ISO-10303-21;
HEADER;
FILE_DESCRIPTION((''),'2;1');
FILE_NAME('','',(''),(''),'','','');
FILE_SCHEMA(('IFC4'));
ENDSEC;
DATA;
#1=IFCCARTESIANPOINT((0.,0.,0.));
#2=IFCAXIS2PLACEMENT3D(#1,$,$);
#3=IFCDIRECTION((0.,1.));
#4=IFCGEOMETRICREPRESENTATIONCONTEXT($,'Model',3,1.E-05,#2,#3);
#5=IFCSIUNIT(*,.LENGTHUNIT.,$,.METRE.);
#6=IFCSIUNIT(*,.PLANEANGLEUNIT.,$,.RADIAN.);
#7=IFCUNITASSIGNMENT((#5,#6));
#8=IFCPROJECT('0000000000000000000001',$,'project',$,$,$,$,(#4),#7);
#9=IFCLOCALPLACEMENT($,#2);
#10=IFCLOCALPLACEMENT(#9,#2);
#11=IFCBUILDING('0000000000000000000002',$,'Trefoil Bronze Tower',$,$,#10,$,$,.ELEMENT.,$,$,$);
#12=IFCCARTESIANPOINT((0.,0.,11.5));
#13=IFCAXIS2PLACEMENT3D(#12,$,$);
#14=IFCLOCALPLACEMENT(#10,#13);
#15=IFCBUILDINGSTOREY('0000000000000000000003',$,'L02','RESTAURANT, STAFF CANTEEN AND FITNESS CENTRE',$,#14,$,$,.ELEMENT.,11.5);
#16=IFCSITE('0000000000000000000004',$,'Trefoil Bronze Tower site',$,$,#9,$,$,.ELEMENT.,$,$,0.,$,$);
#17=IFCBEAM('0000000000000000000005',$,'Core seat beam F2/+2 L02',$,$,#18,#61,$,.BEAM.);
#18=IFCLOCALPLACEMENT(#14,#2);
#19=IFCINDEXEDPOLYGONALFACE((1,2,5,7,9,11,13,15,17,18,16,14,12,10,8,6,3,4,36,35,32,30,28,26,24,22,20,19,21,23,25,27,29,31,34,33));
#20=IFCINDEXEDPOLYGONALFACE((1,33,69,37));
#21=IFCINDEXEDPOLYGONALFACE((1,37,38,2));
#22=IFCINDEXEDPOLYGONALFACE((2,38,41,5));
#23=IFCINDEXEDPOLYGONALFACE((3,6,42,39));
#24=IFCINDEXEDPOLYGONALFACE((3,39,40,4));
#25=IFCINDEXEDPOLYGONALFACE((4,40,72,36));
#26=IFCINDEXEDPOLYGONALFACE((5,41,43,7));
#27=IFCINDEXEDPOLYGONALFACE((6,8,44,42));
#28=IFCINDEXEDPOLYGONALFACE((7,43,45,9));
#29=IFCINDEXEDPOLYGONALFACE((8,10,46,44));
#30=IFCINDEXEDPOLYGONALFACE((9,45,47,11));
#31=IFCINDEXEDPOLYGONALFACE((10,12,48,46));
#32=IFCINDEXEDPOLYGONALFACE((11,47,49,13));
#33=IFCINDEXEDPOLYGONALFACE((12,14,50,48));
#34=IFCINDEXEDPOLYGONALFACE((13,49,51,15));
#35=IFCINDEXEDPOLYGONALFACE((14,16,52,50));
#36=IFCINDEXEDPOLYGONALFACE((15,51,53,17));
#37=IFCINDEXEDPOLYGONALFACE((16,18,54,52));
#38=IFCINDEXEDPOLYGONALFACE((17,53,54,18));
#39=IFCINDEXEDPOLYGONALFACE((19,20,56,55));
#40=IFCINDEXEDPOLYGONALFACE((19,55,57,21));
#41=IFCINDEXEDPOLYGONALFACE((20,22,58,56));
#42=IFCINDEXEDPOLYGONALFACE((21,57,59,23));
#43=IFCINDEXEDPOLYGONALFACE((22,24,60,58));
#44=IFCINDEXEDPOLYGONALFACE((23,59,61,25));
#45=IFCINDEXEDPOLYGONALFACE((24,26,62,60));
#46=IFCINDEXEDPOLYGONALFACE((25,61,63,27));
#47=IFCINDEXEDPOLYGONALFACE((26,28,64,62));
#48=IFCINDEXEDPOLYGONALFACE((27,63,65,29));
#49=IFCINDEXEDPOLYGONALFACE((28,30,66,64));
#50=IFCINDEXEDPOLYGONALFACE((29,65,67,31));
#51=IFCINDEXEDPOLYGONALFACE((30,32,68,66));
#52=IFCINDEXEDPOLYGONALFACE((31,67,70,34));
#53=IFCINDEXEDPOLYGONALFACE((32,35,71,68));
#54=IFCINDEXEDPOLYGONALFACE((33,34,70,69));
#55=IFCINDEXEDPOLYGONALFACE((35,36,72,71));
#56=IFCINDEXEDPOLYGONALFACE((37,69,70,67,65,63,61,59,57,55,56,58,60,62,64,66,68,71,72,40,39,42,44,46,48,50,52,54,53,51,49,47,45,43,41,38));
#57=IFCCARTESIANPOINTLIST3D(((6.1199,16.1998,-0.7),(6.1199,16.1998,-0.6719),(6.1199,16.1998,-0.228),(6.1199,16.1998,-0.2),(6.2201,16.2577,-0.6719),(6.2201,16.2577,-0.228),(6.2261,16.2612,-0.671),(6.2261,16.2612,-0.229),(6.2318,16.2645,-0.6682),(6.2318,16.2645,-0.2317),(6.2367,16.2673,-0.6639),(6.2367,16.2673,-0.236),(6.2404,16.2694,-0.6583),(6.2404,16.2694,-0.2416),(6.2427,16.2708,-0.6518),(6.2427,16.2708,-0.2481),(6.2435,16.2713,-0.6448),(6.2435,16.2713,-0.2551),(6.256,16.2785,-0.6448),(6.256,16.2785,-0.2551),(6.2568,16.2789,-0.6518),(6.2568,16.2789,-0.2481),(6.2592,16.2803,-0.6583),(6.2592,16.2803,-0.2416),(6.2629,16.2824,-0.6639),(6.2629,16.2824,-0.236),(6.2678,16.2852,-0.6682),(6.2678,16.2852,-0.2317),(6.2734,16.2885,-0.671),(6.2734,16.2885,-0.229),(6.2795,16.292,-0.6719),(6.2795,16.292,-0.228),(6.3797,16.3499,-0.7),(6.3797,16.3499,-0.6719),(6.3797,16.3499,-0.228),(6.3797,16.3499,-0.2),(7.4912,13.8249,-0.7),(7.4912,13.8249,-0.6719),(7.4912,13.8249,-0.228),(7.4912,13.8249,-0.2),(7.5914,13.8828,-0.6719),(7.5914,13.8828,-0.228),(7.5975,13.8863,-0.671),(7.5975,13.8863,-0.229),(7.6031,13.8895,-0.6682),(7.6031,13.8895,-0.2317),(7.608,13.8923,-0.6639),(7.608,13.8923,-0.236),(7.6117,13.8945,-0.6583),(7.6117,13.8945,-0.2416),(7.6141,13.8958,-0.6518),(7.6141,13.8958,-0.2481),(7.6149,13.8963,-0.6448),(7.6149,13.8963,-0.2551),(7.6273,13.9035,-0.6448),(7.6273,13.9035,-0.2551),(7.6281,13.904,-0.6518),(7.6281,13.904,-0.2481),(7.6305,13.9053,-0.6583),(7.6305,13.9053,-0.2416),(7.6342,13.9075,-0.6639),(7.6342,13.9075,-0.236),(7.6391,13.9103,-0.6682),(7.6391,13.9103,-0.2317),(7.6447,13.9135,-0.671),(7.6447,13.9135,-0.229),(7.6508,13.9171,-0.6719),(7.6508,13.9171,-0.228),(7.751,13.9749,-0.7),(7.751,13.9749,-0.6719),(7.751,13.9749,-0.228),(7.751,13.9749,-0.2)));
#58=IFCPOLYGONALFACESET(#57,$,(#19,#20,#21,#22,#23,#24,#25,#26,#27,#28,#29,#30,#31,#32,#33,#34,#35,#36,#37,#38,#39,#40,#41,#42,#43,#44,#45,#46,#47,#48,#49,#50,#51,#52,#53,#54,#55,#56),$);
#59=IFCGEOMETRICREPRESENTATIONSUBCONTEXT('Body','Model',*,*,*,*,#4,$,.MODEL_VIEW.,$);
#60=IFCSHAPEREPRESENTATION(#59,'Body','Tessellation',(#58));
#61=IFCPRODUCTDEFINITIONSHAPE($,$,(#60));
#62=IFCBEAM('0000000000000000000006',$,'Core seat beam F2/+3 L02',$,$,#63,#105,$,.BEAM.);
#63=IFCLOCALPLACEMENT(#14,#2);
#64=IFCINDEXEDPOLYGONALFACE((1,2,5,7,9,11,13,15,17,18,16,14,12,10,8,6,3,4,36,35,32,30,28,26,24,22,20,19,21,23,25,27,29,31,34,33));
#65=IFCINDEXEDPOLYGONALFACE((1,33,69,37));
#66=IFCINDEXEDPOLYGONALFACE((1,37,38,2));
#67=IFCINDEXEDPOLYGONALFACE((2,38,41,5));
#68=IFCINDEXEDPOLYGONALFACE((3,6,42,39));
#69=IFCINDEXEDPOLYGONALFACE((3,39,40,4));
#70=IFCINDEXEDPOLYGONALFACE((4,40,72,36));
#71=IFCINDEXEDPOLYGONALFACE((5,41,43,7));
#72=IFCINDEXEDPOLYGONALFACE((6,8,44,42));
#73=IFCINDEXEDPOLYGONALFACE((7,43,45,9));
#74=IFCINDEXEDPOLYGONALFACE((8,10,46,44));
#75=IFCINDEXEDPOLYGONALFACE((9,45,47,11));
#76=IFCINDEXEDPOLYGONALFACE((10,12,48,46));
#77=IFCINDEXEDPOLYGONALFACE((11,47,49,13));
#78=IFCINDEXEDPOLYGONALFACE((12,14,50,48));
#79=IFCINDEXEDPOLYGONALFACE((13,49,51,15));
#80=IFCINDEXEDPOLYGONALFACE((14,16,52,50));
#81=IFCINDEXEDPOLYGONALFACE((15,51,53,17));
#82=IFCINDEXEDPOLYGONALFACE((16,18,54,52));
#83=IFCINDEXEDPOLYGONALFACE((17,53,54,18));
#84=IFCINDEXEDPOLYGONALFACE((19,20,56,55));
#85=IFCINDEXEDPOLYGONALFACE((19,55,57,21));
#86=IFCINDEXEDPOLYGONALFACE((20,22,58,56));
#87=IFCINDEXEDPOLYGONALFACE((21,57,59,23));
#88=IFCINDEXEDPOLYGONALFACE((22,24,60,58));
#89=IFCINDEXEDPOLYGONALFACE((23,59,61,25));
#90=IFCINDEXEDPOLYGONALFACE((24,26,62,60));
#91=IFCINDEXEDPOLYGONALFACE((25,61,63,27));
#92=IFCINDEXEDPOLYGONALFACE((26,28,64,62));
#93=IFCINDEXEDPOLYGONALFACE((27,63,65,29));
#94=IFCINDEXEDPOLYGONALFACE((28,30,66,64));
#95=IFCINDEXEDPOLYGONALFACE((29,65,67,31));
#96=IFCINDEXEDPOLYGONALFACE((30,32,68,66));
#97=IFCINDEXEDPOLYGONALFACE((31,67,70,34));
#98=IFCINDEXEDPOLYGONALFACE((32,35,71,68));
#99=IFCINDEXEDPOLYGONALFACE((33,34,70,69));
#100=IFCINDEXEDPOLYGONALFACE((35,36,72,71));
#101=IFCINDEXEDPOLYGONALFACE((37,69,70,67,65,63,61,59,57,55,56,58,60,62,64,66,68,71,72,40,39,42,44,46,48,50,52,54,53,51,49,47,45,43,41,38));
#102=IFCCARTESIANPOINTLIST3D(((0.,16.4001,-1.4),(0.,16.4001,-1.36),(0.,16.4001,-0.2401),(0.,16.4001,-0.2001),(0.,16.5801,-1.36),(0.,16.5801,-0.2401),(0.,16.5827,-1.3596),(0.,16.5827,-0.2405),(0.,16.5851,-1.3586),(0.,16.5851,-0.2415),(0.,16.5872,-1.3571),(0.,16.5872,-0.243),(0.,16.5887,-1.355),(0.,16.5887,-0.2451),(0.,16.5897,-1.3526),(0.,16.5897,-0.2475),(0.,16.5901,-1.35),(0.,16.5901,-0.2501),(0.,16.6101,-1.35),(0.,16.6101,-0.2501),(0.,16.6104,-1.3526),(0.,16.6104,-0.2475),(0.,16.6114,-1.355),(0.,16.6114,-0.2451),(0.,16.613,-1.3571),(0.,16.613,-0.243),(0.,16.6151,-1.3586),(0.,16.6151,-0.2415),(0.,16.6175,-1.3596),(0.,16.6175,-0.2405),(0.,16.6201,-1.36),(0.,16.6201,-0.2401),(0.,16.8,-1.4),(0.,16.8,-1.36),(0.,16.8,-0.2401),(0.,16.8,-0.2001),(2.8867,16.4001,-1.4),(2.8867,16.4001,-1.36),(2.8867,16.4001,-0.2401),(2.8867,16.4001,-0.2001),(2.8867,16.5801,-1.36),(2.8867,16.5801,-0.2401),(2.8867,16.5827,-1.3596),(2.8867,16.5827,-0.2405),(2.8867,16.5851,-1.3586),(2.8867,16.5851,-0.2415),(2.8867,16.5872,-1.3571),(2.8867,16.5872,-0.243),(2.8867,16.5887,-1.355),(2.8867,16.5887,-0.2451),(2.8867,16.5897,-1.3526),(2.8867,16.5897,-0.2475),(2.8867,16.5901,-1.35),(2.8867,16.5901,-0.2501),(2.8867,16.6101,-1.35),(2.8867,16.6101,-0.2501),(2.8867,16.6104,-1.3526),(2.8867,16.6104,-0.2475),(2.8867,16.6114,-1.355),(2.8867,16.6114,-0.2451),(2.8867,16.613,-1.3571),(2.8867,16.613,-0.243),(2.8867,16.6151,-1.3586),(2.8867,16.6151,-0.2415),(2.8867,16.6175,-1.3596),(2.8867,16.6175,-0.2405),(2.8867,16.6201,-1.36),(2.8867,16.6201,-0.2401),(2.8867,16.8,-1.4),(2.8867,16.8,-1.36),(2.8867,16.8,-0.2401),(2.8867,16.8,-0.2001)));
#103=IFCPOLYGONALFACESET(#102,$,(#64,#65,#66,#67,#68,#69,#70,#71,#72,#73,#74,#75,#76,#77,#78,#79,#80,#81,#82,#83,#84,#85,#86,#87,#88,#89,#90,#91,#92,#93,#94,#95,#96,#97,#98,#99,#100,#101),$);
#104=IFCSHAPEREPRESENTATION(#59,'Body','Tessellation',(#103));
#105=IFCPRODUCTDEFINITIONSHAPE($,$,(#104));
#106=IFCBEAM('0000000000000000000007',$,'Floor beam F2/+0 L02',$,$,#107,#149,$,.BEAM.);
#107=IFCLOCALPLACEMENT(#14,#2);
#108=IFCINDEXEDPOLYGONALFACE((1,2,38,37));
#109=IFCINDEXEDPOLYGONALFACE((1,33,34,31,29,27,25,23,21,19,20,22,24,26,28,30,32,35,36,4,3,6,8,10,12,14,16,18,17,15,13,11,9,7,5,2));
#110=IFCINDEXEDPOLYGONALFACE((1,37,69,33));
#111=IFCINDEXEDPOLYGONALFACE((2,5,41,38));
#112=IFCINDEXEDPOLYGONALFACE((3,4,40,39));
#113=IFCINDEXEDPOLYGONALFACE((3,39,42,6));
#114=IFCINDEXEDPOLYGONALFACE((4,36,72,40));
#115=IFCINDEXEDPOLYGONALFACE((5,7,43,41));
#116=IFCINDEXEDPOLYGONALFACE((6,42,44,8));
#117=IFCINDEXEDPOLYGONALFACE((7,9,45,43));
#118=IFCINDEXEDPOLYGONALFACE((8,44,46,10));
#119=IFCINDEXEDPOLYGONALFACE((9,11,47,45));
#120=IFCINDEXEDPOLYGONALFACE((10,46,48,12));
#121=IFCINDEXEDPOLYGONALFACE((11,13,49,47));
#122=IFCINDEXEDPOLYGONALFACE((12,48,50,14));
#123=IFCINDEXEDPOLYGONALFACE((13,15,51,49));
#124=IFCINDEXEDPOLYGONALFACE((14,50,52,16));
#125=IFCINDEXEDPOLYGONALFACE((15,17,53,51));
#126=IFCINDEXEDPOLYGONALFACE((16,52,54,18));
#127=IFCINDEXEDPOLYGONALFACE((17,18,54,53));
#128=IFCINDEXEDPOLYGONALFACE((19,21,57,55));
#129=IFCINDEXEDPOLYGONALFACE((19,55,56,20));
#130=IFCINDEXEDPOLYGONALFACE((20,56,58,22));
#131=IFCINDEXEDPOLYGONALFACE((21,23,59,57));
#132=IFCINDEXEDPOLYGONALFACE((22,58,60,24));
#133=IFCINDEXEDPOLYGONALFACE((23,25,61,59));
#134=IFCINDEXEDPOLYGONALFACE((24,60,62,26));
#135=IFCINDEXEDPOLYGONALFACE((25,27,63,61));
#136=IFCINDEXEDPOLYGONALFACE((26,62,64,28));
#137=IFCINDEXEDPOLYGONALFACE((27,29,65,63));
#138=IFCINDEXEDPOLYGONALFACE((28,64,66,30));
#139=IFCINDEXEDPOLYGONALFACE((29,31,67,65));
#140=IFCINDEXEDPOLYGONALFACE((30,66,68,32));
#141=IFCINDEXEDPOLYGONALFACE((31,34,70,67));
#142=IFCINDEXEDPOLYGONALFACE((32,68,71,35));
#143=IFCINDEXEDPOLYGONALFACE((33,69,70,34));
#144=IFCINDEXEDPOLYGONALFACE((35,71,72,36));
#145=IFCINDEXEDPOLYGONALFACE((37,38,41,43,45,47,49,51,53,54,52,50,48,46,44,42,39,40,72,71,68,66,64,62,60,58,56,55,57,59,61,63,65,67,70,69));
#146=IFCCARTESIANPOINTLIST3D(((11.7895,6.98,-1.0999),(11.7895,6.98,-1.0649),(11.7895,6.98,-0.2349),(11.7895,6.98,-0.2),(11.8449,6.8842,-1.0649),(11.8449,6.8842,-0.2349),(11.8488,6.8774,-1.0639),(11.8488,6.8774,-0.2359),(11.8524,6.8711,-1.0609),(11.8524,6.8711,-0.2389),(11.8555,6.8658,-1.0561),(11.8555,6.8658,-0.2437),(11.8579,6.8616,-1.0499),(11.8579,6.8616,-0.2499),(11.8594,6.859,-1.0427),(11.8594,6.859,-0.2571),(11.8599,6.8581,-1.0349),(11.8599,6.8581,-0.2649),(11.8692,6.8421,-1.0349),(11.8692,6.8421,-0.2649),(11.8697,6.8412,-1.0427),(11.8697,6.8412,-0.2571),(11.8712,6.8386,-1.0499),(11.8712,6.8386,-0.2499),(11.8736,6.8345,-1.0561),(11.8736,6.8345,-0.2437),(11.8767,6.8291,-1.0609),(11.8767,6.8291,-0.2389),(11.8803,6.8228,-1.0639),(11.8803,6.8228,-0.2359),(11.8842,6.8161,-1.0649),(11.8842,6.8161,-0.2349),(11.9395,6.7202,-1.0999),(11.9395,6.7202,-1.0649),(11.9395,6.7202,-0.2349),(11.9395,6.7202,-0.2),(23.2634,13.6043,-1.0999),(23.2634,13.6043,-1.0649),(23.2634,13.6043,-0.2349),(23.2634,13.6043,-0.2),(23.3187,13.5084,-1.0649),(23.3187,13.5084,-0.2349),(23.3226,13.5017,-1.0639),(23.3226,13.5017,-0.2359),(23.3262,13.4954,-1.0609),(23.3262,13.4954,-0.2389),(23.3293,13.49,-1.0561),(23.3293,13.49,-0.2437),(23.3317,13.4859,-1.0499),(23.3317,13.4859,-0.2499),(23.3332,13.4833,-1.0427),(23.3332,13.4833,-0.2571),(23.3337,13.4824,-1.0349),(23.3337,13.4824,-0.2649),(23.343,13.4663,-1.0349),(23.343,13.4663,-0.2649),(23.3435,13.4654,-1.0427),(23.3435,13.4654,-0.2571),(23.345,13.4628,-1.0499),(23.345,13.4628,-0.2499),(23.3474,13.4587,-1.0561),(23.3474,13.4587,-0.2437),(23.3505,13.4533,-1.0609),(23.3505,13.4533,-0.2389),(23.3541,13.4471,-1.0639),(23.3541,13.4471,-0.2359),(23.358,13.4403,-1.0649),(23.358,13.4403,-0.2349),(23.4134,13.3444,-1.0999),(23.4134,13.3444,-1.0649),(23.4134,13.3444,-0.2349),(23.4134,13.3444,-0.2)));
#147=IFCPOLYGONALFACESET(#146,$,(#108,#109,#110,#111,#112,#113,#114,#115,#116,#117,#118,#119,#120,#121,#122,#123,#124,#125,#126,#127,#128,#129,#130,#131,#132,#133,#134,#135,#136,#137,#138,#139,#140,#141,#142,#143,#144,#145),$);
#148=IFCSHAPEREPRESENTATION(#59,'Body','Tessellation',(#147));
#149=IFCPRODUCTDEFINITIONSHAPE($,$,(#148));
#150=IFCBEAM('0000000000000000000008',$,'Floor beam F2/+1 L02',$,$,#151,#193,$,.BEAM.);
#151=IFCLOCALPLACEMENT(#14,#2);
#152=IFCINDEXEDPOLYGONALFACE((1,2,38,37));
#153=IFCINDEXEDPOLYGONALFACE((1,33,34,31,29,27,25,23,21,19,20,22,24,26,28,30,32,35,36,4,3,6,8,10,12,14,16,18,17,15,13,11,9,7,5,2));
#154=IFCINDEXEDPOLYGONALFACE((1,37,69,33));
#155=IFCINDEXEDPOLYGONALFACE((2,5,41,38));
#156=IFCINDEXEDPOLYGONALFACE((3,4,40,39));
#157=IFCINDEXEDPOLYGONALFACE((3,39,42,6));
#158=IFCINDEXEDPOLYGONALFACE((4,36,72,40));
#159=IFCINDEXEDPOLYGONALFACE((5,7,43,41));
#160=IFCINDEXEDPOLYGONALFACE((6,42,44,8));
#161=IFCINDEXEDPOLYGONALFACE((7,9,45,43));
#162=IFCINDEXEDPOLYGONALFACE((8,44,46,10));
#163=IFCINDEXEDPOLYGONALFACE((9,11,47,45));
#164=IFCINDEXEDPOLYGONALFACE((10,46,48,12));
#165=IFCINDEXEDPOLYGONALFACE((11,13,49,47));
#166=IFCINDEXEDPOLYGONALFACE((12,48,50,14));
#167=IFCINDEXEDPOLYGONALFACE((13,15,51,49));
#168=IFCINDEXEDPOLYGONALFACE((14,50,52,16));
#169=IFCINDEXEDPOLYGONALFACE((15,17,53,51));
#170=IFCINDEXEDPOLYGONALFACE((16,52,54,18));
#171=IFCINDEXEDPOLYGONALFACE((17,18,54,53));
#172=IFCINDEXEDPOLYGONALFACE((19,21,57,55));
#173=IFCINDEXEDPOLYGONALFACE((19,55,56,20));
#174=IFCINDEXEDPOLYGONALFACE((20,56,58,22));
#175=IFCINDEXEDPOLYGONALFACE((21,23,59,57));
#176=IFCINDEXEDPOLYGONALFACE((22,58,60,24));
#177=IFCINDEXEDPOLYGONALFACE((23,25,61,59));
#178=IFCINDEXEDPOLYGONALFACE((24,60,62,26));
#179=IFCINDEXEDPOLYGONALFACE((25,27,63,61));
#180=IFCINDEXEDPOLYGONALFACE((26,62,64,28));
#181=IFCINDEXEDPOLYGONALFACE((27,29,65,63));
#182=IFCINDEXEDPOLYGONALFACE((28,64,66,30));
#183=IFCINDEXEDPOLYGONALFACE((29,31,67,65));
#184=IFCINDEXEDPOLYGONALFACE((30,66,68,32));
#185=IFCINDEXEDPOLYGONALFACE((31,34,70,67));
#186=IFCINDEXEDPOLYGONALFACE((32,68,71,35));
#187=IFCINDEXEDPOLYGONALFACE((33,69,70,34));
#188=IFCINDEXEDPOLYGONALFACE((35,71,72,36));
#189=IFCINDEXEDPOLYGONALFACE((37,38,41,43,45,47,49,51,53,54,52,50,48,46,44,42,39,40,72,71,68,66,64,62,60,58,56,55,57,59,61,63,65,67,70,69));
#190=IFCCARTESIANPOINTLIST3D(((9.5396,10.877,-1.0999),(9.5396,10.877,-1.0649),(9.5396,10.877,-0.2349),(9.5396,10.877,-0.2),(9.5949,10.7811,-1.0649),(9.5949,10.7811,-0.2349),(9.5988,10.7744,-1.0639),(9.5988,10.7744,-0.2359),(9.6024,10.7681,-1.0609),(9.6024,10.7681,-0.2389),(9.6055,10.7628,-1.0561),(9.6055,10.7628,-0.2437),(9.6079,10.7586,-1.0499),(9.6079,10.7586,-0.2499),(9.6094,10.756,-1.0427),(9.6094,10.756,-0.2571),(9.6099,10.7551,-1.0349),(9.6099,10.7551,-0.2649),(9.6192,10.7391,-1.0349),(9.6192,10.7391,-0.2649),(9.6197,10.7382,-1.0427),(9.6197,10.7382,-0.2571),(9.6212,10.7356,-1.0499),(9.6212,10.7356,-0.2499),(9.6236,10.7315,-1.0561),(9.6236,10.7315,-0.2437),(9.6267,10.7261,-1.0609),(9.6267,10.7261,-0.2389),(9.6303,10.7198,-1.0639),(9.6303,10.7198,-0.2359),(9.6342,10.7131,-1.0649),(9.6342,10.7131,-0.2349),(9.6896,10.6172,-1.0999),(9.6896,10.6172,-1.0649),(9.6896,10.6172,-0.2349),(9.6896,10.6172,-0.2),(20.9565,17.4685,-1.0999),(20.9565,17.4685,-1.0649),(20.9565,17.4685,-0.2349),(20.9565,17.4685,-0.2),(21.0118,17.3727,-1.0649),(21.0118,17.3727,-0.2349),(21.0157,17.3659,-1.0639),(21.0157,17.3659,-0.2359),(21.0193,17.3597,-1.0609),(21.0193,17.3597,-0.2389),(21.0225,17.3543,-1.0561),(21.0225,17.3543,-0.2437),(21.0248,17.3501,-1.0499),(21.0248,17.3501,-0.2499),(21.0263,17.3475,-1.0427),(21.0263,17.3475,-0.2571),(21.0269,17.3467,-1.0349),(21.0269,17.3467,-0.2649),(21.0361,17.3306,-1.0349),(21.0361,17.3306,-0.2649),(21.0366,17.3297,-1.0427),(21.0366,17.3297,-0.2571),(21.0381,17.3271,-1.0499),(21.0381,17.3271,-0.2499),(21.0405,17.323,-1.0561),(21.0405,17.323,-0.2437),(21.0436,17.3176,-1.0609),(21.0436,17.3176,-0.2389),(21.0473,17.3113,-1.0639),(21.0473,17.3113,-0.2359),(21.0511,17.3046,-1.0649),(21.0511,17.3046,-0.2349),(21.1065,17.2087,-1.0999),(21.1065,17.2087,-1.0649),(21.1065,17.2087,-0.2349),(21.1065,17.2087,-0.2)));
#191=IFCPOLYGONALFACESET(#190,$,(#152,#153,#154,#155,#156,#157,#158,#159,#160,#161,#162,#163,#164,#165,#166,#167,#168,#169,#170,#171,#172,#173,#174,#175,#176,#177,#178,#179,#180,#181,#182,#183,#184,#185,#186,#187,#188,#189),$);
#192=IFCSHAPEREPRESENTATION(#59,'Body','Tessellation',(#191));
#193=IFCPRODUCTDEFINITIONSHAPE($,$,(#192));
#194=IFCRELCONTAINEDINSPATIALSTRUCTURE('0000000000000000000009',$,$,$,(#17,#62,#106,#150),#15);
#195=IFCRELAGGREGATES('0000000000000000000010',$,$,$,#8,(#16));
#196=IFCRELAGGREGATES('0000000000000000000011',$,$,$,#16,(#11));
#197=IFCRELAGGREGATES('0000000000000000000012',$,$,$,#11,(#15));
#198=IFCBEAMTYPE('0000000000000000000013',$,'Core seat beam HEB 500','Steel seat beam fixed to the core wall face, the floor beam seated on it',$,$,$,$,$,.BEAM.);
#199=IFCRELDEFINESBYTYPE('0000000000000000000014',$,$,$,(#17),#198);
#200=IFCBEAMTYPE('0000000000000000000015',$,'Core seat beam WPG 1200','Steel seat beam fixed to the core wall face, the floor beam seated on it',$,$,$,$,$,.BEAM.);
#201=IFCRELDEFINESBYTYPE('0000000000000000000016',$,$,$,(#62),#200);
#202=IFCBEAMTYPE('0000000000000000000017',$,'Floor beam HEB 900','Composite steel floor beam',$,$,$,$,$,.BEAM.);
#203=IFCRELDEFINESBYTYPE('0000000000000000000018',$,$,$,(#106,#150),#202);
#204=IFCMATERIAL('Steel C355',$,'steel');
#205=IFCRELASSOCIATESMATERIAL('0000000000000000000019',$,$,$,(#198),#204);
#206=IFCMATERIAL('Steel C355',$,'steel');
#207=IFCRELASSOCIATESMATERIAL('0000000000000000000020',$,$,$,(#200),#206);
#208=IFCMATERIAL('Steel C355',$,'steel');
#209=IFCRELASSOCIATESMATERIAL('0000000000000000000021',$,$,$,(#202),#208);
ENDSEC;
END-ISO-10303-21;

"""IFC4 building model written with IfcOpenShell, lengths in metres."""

from ifc_helpers import new_model, si_unit, direction, frame, origin, origin_2d, place, context, subcontext, project, spatial, i_section, extrude, material, material_profile, profile_set, type_object, element, save


model = new_model("IFC4")

# Units and contexts
model_context = context("Model", 3, precision=1e-05, world=origin(), true_north=direction((0.0, 1.0)))
body_context = subcontext(model_context, "Body", "Model", "MODEL_VIEW")
ifc_project = project(units=[si_unit("LENGTHUNIT", "METRE"), si_unit("PLANEANGLEUNIT", "RADIAN")], contexts=[model_context])

# Site, building, storey
site_placement = place(None, origin())
site = spatial("IfcSite", under=ifc_project, at=site_placement, Name="Trefoil Bronze Tower site", CompositionType="ELEMENT", RefElevation=0.0)
building_placement = place(site_placement, origin())
building = spatial("IfcBuilding", under=site, at=building_placement, Name="Trefoil Bronze Tower", CompositionType="ELEMENT")
storey_placement = place(building_placement, frame((0.0, 0.0, 11.5)))
storey = spatial("IfcBuildingStorey", under=building, at=storey_placement, Name="L02", Description="RESTAURANT, STAFF CANTEEN AND FITNESS CENTRE", CompositionType="ELEMENT", Elevation=11.5)

# Beams
ifc_material_1 = material(Name="Steel C355", Category="steel")
ifc_material_profile_1 = material_profile(ifc_material_1, i_section(OverallWidth=0.3, OverallDepth=0.5, WebThickness=0.0144, FlangeThickness=0.0281, FilletRadius=0.0271, at=origin_2d()), Name="HEB 500")
ifc_profile_set_1 = profile_set([ifc_material_profile_1], Name="Steel C355")
beam_type_1 = type_object("IfcBeamType", Name="Core seat beam HEB 500", Description="Steel seat beam fixed to the core wall face, the floor beam seated on it", PredefinedType="BEAM", material=ifc_profile_set_1)
beam_1_placement = place(storey_placement, frame((7.6211, 13.8999, -0.45), z_axis=(-0.500036, 0.866005, 0.0), x_axis=(-0.866005, -0.500036, 0.0)))
element("IfcBeam", 1, at=beam_1_placement, inside=storey, type_object=beam_type_1, Name="Core seat beam F2/+2 L02", PredefinedType="BEAM", context=body_context, shape_type="SweptSolid", body=[
    extrude(i_section(OverallWidth=0.3, OverallDepth=0.5, WebThickness=0.0144, FlangeThickness=0.0281, FilletRadius=0.0271, at=origin_2d()), origin(), (0.0, 0.0, 1.0), 2.7424),
])
ifc_material_2 = material(Name="Steel C355", Category="steel")
ifc_material_profile_2 = material_profile(ifc_material_2, i_section(OverallWidth=0.3999, OverallDepth=1.2, WebThickness=0.02, FlangeThickness=0.04, FilletRadius=0.01, at=origin_2d()), Name="WPG 1200")
ifc_profile_set_2 = profile_set([ifc_material_profile_2], Name="Steel C355")
beam_type_2 = type_object("IfcBeamType", Name="Core seat beam WPG 1200", Description="Steel seat beam fixed to the core wall face, the floor beam seated on it", PredefinedType="BEAM", material=ifc_profile_set_2)
beam_2_placement = place(storey_placement, frame((2.8867, 16.6001, -0.8), z_axis=(-1.0, 0.0, 0.0), x_axis=(0.0, -1.0, 0.0)))
element("IfcBeam", 2, at=beam_2_placement, inside=storey, type_object=beam_type_2, Name="Core seat beam F2/+3 L02", PredefinedType="BEAM", context=body_context, shape_type="SweptSolid", body=[
    extrude(i_section(OverallWidth=0.3999, OverallDepth=1.2, WebThickness=0.02, FlangeThickness=0.04, FilletRadius=0.01, at=origin_2d()), origin(), (0.0, 0.0, 1.0), 2.8867),
])
ifc_material_3 = material(Name="Steel C355", Category="steel")
ifc_material_profile_3 = material_profile(ifc_material_3, i_section(OverallWidth=0.3, OverallDepth=0.8999, WebThickness=0.0186, FlangeThickness=0.0349, FilletRadius=0.03, at=origin_2d()), Name="HEB 900")
ifc_profile_set_3 = profile_set([ifc_material_profile_3], Name="Steel C355")
beam_type_3 = type_object("IfcBeamType", Name="Floor beam HEB 900", Description="Composite steel floor beam", PredefinedType="BEAM", material=ifc_profile_set_3)
beam_3_placement = place(storey_placement, frame((23.3384, 13.4744, -0.6499), z_axis=(-0.866031, -0.49999, 0.0), x_axis=(0.49999, -0.866031, 0.0)))
element("IfcBeam", 3, at=beam_3_placement, inside=storey, type_object=beam_type_3, Name="Floor beam F2/+0 L02", PredefinedType="BEAM", context=body_context, shape_type="SweptSolid", body=[
    extrude(i_section(OverallWidth=0.3, OverallDepth=0.8999, WebThickness=0.0186, FlangeThickness=0.0349, FilletRadius=0.03, at=origin_2d()), origin(), (0.0, 0.0, 1.0), 13.2488),
])
beam_4_placement = place(storey_placement, frame((21.0315, 17.3386, -0.6499), z_axis=(-0.866027, -0.499997, 0.0), x_axis=(0.499997, -0.866027, 0.0)))
element("IfcBeam", 4, at=beam_4_placement, inside=storey, type_object=beam_type_3, Name="Floor beam F2/+1 L02", PredefinedType="BEAM", context=body_context, shape_type="SweptSolid", body=[
    extrude(i_section(OverallWidth=0.3, OverallDepth=0.8999, WebThickness=0.0186, FlangeThickness=0.0349, FilletRadius=0.03, at=origin_2d()), origin(), (0.0, 0.0, 1.0), 13.1831),
])

save(model, "model.ifc")
